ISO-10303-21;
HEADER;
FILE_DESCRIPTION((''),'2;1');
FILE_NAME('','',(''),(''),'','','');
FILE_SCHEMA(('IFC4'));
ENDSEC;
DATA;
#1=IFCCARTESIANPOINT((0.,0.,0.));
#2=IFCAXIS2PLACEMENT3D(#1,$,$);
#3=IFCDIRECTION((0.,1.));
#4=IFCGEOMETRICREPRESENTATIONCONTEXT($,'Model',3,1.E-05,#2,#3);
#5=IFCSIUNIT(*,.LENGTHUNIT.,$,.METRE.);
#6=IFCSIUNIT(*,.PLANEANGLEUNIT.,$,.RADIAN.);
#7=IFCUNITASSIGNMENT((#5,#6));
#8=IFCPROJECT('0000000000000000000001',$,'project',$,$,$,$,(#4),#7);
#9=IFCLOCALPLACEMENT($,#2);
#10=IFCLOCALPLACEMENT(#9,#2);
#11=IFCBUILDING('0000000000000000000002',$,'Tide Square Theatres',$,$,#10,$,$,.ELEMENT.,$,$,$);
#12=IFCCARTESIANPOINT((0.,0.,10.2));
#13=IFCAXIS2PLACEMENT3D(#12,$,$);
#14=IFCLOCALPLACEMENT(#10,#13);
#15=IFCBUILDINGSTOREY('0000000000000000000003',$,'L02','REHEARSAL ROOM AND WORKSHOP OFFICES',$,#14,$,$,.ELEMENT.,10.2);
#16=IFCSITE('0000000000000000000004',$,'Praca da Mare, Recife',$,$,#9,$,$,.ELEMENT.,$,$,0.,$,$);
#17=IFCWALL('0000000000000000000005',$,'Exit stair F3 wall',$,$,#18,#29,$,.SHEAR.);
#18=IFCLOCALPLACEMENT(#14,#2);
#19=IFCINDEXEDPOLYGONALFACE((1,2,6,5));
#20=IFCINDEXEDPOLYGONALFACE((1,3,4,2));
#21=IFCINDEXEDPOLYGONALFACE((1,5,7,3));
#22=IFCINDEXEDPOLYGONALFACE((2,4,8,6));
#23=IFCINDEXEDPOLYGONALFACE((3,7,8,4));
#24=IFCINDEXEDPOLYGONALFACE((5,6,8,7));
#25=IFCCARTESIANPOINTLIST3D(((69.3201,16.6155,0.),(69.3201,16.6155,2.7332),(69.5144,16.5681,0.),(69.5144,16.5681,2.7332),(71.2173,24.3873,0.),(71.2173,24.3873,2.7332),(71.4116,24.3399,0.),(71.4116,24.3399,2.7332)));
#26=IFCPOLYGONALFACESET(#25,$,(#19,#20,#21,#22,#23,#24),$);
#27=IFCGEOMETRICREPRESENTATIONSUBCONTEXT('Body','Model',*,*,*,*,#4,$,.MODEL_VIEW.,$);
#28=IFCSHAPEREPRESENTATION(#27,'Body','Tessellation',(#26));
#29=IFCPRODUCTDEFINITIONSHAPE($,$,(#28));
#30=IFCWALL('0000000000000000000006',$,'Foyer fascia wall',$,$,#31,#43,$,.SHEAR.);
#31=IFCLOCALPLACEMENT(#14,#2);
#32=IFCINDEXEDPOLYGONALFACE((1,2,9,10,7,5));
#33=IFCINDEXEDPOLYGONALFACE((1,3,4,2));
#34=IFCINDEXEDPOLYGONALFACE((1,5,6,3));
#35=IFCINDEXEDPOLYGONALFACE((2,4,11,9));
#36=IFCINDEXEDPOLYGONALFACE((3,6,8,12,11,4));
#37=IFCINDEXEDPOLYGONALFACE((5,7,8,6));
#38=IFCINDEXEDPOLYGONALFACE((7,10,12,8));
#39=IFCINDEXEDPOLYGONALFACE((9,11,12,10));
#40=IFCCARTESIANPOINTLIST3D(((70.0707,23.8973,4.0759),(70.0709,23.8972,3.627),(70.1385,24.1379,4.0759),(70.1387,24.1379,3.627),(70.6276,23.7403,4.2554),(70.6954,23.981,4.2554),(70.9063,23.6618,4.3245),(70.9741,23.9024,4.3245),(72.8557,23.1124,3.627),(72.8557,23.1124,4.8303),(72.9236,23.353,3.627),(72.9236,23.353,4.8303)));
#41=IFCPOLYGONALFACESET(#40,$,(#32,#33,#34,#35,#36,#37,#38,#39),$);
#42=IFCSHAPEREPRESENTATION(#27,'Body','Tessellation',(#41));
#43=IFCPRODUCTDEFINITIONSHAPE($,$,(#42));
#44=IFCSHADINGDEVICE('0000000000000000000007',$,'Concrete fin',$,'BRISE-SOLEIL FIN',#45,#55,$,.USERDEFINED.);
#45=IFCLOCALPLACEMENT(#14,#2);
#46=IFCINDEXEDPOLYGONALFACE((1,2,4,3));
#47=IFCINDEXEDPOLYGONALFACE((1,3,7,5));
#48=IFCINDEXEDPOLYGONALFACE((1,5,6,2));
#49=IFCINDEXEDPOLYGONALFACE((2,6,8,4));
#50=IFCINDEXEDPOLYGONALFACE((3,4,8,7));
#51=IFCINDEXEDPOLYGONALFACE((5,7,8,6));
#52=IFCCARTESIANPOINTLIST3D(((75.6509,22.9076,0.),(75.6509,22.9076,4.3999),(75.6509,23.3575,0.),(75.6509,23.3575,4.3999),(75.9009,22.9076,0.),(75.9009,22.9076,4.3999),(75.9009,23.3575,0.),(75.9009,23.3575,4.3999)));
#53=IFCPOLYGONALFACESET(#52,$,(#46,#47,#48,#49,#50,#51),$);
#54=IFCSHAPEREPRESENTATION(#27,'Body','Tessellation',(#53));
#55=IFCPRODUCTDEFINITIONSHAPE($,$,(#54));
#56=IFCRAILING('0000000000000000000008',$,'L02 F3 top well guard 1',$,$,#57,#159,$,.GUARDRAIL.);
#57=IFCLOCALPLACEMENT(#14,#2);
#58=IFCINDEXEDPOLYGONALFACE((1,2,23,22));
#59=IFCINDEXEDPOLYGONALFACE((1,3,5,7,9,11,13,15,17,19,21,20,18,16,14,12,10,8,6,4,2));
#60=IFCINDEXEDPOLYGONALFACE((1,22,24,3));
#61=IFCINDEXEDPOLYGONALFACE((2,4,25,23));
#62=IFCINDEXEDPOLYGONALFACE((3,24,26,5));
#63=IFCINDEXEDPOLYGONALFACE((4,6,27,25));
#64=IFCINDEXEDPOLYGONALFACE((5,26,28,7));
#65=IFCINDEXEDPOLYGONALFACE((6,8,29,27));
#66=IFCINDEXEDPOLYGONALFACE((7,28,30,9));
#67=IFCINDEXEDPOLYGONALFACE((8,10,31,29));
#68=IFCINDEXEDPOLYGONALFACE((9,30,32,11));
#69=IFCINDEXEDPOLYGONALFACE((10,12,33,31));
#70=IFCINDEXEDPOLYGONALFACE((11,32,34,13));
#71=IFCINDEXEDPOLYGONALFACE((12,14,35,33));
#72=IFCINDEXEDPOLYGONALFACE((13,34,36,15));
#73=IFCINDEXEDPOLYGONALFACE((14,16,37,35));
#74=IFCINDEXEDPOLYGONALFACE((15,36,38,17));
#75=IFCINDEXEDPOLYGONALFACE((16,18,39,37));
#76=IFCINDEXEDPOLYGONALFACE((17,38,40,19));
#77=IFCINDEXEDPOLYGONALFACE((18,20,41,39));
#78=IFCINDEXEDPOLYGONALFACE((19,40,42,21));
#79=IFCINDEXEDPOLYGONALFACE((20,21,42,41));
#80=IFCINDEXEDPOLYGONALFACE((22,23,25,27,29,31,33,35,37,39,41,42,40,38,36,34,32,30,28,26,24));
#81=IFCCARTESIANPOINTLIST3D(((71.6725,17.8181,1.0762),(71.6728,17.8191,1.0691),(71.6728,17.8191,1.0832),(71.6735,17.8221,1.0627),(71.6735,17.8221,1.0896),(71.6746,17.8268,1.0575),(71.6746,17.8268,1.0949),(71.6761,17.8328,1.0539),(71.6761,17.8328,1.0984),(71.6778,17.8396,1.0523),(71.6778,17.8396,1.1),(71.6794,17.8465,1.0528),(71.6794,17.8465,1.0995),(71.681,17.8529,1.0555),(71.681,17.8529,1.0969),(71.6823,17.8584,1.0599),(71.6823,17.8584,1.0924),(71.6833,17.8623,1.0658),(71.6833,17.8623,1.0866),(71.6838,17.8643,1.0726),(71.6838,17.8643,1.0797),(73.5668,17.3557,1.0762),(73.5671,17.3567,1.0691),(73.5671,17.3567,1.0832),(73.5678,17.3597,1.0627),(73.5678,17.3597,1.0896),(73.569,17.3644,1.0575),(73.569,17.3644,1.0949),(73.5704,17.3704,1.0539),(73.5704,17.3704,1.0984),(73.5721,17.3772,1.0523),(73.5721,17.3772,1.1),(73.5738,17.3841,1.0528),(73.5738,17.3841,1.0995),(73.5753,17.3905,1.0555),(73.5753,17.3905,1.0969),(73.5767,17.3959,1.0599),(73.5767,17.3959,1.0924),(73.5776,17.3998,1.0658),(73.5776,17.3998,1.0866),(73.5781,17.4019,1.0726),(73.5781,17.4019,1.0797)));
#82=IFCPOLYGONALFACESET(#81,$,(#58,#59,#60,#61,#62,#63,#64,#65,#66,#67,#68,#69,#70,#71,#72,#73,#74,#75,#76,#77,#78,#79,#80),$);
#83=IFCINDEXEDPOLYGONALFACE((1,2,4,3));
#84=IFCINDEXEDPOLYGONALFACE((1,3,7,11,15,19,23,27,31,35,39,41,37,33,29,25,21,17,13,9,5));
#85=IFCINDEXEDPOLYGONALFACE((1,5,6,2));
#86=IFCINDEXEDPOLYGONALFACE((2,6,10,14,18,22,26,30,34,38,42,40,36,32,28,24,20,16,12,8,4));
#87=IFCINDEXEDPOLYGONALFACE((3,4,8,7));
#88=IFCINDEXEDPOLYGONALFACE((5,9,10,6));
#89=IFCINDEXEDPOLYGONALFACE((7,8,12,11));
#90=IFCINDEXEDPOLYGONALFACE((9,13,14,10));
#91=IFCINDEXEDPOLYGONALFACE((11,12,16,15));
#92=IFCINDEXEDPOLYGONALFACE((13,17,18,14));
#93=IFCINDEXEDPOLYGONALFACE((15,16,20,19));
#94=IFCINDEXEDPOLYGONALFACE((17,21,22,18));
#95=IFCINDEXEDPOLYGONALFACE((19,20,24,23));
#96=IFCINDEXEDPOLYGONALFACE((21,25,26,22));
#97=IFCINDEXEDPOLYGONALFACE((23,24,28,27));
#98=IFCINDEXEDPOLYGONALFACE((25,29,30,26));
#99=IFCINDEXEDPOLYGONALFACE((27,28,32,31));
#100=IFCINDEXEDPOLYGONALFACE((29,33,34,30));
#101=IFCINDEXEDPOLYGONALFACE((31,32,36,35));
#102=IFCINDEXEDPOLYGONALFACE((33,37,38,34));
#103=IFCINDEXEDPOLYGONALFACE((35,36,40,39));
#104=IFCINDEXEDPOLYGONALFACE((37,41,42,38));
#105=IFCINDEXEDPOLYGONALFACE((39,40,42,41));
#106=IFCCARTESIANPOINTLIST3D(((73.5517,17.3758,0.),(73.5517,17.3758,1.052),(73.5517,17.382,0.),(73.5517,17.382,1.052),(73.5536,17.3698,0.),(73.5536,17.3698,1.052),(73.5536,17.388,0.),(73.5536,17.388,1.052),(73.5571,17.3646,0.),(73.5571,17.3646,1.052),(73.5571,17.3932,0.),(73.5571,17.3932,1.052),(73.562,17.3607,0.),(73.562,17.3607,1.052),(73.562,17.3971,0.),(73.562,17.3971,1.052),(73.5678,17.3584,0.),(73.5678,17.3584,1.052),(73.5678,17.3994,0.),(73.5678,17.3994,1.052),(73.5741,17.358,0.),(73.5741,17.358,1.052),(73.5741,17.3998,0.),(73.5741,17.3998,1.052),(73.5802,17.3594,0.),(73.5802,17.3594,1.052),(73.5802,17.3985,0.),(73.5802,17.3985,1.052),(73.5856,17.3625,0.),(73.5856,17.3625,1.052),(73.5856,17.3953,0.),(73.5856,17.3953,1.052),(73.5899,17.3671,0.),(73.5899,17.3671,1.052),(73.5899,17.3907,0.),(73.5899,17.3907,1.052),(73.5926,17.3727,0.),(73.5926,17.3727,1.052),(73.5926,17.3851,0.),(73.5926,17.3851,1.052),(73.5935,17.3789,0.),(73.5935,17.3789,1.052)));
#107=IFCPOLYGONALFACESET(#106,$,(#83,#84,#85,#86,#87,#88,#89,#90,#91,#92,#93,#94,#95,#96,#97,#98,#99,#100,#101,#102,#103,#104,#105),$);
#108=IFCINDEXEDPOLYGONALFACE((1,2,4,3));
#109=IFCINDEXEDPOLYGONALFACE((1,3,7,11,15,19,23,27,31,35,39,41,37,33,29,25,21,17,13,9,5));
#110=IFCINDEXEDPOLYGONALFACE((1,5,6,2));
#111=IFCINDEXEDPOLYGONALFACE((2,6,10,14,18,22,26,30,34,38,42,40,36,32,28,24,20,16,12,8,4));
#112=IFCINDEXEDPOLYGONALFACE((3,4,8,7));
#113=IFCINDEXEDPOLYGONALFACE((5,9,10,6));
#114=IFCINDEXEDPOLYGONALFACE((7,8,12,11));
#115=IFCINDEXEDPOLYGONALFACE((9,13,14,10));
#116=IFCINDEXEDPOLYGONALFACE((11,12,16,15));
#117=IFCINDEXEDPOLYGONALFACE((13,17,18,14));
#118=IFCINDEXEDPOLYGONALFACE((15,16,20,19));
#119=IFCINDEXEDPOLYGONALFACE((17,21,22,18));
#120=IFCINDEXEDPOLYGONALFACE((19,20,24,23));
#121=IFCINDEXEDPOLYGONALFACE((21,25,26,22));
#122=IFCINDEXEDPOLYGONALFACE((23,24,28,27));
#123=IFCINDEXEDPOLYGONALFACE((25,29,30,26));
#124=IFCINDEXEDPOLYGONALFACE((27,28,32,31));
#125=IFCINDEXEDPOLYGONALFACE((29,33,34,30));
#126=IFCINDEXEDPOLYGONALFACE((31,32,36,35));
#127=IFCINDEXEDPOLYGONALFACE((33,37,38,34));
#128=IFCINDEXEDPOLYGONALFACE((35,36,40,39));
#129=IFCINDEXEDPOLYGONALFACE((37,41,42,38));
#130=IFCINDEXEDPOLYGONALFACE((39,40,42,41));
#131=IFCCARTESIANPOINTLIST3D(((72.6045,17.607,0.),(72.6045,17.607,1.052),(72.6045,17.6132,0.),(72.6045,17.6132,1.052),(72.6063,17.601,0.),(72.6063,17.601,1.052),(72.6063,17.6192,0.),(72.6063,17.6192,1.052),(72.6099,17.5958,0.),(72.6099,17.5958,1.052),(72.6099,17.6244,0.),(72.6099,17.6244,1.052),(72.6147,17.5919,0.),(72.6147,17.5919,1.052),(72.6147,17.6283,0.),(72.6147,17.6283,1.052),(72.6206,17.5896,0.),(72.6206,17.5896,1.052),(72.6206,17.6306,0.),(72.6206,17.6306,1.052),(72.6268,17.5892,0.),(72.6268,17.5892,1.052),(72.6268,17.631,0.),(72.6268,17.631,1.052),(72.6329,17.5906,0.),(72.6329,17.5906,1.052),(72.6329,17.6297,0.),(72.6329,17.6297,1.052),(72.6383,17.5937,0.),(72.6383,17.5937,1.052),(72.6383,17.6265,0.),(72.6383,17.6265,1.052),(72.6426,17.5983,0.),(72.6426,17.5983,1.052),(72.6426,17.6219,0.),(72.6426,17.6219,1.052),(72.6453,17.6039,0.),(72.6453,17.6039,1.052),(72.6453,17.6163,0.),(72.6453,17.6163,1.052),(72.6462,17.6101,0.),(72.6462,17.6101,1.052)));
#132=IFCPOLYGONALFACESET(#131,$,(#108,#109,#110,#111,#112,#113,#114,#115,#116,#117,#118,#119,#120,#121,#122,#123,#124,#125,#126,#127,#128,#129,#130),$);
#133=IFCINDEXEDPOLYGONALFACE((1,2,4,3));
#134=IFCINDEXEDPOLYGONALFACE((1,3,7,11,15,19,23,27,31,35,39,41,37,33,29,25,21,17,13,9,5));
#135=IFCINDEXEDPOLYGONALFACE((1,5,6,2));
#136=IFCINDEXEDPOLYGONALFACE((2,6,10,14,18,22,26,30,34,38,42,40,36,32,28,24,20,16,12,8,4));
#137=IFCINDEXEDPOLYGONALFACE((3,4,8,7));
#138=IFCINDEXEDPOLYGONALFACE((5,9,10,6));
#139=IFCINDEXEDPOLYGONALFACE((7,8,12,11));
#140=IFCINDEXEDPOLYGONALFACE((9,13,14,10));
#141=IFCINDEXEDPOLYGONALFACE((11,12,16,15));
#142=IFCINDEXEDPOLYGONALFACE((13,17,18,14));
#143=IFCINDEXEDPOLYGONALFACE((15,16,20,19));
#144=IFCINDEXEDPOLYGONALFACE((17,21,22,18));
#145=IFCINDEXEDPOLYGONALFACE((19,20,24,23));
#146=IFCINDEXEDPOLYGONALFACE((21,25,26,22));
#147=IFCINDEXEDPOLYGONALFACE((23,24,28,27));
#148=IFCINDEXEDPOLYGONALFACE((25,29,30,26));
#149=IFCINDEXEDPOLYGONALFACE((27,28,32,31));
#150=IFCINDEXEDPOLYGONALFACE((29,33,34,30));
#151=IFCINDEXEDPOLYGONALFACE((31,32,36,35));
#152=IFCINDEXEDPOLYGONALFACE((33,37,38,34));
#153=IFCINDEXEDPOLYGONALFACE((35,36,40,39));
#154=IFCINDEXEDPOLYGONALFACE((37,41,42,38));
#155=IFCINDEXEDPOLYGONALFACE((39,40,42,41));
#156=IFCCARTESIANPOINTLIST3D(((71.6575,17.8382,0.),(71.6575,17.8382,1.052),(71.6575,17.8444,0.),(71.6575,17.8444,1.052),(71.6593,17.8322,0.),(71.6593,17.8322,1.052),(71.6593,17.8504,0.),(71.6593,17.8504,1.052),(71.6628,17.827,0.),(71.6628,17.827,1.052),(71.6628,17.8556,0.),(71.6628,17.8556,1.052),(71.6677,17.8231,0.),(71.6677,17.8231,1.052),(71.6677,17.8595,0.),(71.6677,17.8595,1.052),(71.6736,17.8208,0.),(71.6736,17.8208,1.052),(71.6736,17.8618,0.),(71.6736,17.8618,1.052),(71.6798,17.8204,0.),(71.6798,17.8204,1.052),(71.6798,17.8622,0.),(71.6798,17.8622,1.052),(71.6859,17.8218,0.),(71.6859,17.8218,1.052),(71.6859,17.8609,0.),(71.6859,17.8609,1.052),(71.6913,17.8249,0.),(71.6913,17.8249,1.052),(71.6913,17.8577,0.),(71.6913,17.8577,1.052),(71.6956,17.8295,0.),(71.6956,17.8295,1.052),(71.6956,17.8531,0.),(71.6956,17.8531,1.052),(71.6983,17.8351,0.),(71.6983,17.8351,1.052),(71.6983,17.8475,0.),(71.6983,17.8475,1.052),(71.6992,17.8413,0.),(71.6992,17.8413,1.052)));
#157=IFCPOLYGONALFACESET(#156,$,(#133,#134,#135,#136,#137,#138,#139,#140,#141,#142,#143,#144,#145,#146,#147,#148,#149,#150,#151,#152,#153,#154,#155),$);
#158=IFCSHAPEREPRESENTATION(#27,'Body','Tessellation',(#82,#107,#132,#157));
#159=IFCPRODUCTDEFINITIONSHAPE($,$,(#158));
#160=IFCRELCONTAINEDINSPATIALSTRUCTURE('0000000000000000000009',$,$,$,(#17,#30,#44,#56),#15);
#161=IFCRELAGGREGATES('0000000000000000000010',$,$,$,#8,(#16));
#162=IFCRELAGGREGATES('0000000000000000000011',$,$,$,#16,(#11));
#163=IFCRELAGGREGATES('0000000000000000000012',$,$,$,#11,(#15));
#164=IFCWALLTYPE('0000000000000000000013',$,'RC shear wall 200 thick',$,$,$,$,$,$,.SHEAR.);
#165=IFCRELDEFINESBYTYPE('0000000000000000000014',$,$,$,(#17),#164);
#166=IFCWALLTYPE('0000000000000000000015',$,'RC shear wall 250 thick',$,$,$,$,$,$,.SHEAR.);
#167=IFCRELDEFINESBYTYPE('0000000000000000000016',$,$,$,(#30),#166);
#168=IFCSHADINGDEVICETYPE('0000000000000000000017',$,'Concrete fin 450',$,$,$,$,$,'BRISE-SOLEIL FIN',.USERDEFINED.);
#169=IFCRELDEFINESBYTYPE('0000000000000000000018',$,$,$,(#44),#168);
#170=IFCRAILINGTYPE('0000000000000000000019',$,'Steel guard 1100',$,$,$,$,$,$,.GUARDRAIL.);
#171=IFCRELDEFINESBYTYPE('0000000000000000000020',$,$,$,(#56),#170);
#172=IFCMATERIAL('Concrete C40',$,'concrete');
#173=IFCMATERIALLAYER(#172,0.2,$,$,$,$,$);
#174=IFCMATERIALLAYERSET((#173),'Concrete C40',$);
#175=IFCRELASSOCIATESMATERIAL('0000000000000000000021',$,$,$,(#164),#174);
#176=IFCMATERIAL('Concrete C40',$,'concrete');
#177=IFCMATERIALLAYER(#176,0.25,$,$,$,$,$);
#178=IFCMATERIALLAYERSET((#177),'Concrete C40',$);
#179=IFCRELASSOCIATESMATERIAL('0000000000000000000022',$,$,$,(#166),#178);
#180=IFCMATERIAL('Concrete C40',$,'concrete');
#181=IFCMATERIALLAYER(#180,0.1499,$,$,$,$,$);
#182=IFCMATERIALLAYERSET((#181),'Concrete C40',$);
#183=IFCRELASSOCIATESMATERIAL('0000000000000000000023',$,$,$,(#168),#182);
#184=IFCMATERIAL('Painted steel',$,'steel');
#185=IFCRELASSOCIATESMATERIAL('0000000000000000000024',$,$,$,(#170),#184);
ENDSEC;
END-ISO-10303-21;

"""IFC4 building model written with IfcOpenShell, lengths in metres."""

from ifc_helpers import new_model, si_unit, direction, frame, frame_2d, origin, origin_2d, place, context, subcontext, project, spatial, polyline, rectangle, circle, outline, extrude, material, layer, layer_set, type_object, element, save


model = new_model("IFC4")

# Units and contexts
model_context = context("Model", 3, precision=1e-05, world=origin(), true_north=direction((0.0, 1.0)))
body_context = subcontext(model_context, "Body", "Model", "MODEL_VIEW")
ifc_project = project(units=[si_unit("LENGTHUNIT", "METRE"), si_unit("PLANEANGLEUNIT", "RADIAN")], contexts=[model_context])

# Site, building, storey
site_placement = place(None, origin())
site = spatial("IfcSite", under=ifc_project, at=site_placement, Name="Praca da Mare, Recife", CompositionType="ELEMENT", RefElevation=0.0)
building_placement = place(site_placement, origin())
building = spatial("IfcBuilding", under=site, at=building_placement, Name="Tide Square Theatres", CompositionType="ELEMENT")
storey_placement = place(building_placement, frame((0.0, 0.0, 10.2)))
storey = spatial("IfcBuildingStorey", under=building, at=storey_placement, Name="L02", Description="REHEARSAL ROOM AND WORKSHOP OFFICES", CompositionType="ELEMENT", Elevation=10.2)

# Walls
ifc_material_1 = material(Name="Concrete C40", Category="concrete")
ifc_layer_1 = layer(ifc_material_1, 0.2)
ifc_layer_set_1 = layer_set([ifc_layer_1], Name="Concrete C40")
wall_type_1 = type_object("IfcWallType", Name="RC shear wall 200 thick", PredefinedType="SHEAR", material=ifc_layer_set_1)
wall_1_placement = place(storey_placement, frame((69.4172, 16.5918, 0.0), z_axis=(0.0, 0.0, 1.0), x_axis=(0.237154, 0.971472, 0.0)))
element("IfcWall", 1, at=wall_1_placement, inside=storey, type_object=wall_type_1, Name="Exit stair F3 wall", PredefinedType="SHEAR", context=body_context, shape_type="SweptSolid", body=[
    extrude(rectangle(XDim=8.0, YDim=0.2, at=frame_2d((4.0, 0.0))), origin(), (0.0, 0.0, 1.0), 2.7332),
])
ifc_material_2 = material(Name="Concrete C40", Category="concrete")
ifc_layer_2 = layer(ifc_material_2, 0.25)
ifc_layer_set_2 = layer_set([ifc_layer_2], Name="Concrete C40")
wall_type_2 = type_object("IfcWallType", Name="RC shear wall 250 thick", PredefinedType="SHEAR", material=ifc_layer_set_2)
wall_2_placement = place(storey_placement, frame((72.8896, 23.2327, 3.627), z_axis=(0.0, 0.0, 1.0), x_axis=(-0.962502, 0.271276, 0.0)))
element("IfcWall", 2, at=wall_2_placement, inside=storey, type_object=wall_type_2, Name="Foyer fascia wall", PredefinedType="SHEAR", context=body_context, shape_type="SweptSolid", body=[
    extrude(outline(polyline([(0.0, 0.0), (2.8933, 0.0), (2.8936, 0.449), (2.3149, 0.6284), (2.0254, 0.6975), (0.0, 1.2034), (0.0, 0.0)])), frame((0.0, 0.125, 0.0), z_axis=(0.0, -1.0, 0.0), x_axis=(1.0, 0.0, 0.0)), (0.0, 0.0, 1.0), 0.25),
])

# Shading device
ifc_material_3 = material(Name="Concrete C40", Category="concrete")
ifc_layer_3 = layer(ifc_material_3, 0.1499)
ifc_layer_set_3 = layer_set([ifc_layer_3], Name="Concrete C40")
shading_device_type = type_object("IfcShadingDeviceType", Name="Concrete fin 450", ElementType="BRISE-SOLEIL FIN", PredefinedType="USERDEFINED", material=ifc_layer_set_3)
shading_device_placement = place(storey_placement, frame((75.7759, 23.1326, 0.0), z_axis=(0.0, 0.0, 1.0), x_axis=(1.0, 0.0, 0.0)))
element("IfcShadingDevice", 3, at=shading_device_placement, inside=storey, type_object=shading_device_type, Name="Concrete fin", ObjectType="BRISE-SOLEIL FIN", PredefinedType="USERDEFINED", context=body_context, shape_type="SweptSolid", body=[
    extrude(rectangle(XDim=0.25, YDim=0.45, at=origin_2d()), origin(), (0.0, 0.0, 1.0), 4.3999),
])

# Railing
ifc_material_4 = material(Name="Painted steel", Category="steel")
railing_type = type_object("IfcRailingType", Name="Steel guard 1100", PredefinedType="GUARDRAIL", material=ifc_material_4)
railing_1_placement = place(storey_placement, frame((73.5725, 17.3789, 0.0)))
element("IfcRailing", 4, at=railing_1_placement, inside=storey, type_object=railing_type, Name="L02 F3 top well guard 1", PredefinedType="GUARDRAIL", context=body_context, shape_type="SweptSolid", body=[
    extrude(circle(Radius=0.0239, at=origin_2d()), frame((0.0, 0.0, 1.0762), z_axis=(-0.971475, 0.237141, 0.0), x_axis=(-0.237141, -0.971475, 0.0)), (0.0, 0.0, 1.0), 1.95),
    extrude(circle(Radius=0.021, at=origin_2d()), origin(), (0.0, 0.0, 1.0), 1.052),
    extrude(circle(Radius=0.021, at=origin_2d()), frame((-0.9473, 0.2312, 0.0)), (0.0, 0.0, 1.0), 1.052),
    extrude(circle(Radius=0.021, at=origin_2d()), frame((-1.8943, 0.4624, 0.0)), (0.0, 0.0, 1.0), 1.052),
])

save(model, "model.ifc")
